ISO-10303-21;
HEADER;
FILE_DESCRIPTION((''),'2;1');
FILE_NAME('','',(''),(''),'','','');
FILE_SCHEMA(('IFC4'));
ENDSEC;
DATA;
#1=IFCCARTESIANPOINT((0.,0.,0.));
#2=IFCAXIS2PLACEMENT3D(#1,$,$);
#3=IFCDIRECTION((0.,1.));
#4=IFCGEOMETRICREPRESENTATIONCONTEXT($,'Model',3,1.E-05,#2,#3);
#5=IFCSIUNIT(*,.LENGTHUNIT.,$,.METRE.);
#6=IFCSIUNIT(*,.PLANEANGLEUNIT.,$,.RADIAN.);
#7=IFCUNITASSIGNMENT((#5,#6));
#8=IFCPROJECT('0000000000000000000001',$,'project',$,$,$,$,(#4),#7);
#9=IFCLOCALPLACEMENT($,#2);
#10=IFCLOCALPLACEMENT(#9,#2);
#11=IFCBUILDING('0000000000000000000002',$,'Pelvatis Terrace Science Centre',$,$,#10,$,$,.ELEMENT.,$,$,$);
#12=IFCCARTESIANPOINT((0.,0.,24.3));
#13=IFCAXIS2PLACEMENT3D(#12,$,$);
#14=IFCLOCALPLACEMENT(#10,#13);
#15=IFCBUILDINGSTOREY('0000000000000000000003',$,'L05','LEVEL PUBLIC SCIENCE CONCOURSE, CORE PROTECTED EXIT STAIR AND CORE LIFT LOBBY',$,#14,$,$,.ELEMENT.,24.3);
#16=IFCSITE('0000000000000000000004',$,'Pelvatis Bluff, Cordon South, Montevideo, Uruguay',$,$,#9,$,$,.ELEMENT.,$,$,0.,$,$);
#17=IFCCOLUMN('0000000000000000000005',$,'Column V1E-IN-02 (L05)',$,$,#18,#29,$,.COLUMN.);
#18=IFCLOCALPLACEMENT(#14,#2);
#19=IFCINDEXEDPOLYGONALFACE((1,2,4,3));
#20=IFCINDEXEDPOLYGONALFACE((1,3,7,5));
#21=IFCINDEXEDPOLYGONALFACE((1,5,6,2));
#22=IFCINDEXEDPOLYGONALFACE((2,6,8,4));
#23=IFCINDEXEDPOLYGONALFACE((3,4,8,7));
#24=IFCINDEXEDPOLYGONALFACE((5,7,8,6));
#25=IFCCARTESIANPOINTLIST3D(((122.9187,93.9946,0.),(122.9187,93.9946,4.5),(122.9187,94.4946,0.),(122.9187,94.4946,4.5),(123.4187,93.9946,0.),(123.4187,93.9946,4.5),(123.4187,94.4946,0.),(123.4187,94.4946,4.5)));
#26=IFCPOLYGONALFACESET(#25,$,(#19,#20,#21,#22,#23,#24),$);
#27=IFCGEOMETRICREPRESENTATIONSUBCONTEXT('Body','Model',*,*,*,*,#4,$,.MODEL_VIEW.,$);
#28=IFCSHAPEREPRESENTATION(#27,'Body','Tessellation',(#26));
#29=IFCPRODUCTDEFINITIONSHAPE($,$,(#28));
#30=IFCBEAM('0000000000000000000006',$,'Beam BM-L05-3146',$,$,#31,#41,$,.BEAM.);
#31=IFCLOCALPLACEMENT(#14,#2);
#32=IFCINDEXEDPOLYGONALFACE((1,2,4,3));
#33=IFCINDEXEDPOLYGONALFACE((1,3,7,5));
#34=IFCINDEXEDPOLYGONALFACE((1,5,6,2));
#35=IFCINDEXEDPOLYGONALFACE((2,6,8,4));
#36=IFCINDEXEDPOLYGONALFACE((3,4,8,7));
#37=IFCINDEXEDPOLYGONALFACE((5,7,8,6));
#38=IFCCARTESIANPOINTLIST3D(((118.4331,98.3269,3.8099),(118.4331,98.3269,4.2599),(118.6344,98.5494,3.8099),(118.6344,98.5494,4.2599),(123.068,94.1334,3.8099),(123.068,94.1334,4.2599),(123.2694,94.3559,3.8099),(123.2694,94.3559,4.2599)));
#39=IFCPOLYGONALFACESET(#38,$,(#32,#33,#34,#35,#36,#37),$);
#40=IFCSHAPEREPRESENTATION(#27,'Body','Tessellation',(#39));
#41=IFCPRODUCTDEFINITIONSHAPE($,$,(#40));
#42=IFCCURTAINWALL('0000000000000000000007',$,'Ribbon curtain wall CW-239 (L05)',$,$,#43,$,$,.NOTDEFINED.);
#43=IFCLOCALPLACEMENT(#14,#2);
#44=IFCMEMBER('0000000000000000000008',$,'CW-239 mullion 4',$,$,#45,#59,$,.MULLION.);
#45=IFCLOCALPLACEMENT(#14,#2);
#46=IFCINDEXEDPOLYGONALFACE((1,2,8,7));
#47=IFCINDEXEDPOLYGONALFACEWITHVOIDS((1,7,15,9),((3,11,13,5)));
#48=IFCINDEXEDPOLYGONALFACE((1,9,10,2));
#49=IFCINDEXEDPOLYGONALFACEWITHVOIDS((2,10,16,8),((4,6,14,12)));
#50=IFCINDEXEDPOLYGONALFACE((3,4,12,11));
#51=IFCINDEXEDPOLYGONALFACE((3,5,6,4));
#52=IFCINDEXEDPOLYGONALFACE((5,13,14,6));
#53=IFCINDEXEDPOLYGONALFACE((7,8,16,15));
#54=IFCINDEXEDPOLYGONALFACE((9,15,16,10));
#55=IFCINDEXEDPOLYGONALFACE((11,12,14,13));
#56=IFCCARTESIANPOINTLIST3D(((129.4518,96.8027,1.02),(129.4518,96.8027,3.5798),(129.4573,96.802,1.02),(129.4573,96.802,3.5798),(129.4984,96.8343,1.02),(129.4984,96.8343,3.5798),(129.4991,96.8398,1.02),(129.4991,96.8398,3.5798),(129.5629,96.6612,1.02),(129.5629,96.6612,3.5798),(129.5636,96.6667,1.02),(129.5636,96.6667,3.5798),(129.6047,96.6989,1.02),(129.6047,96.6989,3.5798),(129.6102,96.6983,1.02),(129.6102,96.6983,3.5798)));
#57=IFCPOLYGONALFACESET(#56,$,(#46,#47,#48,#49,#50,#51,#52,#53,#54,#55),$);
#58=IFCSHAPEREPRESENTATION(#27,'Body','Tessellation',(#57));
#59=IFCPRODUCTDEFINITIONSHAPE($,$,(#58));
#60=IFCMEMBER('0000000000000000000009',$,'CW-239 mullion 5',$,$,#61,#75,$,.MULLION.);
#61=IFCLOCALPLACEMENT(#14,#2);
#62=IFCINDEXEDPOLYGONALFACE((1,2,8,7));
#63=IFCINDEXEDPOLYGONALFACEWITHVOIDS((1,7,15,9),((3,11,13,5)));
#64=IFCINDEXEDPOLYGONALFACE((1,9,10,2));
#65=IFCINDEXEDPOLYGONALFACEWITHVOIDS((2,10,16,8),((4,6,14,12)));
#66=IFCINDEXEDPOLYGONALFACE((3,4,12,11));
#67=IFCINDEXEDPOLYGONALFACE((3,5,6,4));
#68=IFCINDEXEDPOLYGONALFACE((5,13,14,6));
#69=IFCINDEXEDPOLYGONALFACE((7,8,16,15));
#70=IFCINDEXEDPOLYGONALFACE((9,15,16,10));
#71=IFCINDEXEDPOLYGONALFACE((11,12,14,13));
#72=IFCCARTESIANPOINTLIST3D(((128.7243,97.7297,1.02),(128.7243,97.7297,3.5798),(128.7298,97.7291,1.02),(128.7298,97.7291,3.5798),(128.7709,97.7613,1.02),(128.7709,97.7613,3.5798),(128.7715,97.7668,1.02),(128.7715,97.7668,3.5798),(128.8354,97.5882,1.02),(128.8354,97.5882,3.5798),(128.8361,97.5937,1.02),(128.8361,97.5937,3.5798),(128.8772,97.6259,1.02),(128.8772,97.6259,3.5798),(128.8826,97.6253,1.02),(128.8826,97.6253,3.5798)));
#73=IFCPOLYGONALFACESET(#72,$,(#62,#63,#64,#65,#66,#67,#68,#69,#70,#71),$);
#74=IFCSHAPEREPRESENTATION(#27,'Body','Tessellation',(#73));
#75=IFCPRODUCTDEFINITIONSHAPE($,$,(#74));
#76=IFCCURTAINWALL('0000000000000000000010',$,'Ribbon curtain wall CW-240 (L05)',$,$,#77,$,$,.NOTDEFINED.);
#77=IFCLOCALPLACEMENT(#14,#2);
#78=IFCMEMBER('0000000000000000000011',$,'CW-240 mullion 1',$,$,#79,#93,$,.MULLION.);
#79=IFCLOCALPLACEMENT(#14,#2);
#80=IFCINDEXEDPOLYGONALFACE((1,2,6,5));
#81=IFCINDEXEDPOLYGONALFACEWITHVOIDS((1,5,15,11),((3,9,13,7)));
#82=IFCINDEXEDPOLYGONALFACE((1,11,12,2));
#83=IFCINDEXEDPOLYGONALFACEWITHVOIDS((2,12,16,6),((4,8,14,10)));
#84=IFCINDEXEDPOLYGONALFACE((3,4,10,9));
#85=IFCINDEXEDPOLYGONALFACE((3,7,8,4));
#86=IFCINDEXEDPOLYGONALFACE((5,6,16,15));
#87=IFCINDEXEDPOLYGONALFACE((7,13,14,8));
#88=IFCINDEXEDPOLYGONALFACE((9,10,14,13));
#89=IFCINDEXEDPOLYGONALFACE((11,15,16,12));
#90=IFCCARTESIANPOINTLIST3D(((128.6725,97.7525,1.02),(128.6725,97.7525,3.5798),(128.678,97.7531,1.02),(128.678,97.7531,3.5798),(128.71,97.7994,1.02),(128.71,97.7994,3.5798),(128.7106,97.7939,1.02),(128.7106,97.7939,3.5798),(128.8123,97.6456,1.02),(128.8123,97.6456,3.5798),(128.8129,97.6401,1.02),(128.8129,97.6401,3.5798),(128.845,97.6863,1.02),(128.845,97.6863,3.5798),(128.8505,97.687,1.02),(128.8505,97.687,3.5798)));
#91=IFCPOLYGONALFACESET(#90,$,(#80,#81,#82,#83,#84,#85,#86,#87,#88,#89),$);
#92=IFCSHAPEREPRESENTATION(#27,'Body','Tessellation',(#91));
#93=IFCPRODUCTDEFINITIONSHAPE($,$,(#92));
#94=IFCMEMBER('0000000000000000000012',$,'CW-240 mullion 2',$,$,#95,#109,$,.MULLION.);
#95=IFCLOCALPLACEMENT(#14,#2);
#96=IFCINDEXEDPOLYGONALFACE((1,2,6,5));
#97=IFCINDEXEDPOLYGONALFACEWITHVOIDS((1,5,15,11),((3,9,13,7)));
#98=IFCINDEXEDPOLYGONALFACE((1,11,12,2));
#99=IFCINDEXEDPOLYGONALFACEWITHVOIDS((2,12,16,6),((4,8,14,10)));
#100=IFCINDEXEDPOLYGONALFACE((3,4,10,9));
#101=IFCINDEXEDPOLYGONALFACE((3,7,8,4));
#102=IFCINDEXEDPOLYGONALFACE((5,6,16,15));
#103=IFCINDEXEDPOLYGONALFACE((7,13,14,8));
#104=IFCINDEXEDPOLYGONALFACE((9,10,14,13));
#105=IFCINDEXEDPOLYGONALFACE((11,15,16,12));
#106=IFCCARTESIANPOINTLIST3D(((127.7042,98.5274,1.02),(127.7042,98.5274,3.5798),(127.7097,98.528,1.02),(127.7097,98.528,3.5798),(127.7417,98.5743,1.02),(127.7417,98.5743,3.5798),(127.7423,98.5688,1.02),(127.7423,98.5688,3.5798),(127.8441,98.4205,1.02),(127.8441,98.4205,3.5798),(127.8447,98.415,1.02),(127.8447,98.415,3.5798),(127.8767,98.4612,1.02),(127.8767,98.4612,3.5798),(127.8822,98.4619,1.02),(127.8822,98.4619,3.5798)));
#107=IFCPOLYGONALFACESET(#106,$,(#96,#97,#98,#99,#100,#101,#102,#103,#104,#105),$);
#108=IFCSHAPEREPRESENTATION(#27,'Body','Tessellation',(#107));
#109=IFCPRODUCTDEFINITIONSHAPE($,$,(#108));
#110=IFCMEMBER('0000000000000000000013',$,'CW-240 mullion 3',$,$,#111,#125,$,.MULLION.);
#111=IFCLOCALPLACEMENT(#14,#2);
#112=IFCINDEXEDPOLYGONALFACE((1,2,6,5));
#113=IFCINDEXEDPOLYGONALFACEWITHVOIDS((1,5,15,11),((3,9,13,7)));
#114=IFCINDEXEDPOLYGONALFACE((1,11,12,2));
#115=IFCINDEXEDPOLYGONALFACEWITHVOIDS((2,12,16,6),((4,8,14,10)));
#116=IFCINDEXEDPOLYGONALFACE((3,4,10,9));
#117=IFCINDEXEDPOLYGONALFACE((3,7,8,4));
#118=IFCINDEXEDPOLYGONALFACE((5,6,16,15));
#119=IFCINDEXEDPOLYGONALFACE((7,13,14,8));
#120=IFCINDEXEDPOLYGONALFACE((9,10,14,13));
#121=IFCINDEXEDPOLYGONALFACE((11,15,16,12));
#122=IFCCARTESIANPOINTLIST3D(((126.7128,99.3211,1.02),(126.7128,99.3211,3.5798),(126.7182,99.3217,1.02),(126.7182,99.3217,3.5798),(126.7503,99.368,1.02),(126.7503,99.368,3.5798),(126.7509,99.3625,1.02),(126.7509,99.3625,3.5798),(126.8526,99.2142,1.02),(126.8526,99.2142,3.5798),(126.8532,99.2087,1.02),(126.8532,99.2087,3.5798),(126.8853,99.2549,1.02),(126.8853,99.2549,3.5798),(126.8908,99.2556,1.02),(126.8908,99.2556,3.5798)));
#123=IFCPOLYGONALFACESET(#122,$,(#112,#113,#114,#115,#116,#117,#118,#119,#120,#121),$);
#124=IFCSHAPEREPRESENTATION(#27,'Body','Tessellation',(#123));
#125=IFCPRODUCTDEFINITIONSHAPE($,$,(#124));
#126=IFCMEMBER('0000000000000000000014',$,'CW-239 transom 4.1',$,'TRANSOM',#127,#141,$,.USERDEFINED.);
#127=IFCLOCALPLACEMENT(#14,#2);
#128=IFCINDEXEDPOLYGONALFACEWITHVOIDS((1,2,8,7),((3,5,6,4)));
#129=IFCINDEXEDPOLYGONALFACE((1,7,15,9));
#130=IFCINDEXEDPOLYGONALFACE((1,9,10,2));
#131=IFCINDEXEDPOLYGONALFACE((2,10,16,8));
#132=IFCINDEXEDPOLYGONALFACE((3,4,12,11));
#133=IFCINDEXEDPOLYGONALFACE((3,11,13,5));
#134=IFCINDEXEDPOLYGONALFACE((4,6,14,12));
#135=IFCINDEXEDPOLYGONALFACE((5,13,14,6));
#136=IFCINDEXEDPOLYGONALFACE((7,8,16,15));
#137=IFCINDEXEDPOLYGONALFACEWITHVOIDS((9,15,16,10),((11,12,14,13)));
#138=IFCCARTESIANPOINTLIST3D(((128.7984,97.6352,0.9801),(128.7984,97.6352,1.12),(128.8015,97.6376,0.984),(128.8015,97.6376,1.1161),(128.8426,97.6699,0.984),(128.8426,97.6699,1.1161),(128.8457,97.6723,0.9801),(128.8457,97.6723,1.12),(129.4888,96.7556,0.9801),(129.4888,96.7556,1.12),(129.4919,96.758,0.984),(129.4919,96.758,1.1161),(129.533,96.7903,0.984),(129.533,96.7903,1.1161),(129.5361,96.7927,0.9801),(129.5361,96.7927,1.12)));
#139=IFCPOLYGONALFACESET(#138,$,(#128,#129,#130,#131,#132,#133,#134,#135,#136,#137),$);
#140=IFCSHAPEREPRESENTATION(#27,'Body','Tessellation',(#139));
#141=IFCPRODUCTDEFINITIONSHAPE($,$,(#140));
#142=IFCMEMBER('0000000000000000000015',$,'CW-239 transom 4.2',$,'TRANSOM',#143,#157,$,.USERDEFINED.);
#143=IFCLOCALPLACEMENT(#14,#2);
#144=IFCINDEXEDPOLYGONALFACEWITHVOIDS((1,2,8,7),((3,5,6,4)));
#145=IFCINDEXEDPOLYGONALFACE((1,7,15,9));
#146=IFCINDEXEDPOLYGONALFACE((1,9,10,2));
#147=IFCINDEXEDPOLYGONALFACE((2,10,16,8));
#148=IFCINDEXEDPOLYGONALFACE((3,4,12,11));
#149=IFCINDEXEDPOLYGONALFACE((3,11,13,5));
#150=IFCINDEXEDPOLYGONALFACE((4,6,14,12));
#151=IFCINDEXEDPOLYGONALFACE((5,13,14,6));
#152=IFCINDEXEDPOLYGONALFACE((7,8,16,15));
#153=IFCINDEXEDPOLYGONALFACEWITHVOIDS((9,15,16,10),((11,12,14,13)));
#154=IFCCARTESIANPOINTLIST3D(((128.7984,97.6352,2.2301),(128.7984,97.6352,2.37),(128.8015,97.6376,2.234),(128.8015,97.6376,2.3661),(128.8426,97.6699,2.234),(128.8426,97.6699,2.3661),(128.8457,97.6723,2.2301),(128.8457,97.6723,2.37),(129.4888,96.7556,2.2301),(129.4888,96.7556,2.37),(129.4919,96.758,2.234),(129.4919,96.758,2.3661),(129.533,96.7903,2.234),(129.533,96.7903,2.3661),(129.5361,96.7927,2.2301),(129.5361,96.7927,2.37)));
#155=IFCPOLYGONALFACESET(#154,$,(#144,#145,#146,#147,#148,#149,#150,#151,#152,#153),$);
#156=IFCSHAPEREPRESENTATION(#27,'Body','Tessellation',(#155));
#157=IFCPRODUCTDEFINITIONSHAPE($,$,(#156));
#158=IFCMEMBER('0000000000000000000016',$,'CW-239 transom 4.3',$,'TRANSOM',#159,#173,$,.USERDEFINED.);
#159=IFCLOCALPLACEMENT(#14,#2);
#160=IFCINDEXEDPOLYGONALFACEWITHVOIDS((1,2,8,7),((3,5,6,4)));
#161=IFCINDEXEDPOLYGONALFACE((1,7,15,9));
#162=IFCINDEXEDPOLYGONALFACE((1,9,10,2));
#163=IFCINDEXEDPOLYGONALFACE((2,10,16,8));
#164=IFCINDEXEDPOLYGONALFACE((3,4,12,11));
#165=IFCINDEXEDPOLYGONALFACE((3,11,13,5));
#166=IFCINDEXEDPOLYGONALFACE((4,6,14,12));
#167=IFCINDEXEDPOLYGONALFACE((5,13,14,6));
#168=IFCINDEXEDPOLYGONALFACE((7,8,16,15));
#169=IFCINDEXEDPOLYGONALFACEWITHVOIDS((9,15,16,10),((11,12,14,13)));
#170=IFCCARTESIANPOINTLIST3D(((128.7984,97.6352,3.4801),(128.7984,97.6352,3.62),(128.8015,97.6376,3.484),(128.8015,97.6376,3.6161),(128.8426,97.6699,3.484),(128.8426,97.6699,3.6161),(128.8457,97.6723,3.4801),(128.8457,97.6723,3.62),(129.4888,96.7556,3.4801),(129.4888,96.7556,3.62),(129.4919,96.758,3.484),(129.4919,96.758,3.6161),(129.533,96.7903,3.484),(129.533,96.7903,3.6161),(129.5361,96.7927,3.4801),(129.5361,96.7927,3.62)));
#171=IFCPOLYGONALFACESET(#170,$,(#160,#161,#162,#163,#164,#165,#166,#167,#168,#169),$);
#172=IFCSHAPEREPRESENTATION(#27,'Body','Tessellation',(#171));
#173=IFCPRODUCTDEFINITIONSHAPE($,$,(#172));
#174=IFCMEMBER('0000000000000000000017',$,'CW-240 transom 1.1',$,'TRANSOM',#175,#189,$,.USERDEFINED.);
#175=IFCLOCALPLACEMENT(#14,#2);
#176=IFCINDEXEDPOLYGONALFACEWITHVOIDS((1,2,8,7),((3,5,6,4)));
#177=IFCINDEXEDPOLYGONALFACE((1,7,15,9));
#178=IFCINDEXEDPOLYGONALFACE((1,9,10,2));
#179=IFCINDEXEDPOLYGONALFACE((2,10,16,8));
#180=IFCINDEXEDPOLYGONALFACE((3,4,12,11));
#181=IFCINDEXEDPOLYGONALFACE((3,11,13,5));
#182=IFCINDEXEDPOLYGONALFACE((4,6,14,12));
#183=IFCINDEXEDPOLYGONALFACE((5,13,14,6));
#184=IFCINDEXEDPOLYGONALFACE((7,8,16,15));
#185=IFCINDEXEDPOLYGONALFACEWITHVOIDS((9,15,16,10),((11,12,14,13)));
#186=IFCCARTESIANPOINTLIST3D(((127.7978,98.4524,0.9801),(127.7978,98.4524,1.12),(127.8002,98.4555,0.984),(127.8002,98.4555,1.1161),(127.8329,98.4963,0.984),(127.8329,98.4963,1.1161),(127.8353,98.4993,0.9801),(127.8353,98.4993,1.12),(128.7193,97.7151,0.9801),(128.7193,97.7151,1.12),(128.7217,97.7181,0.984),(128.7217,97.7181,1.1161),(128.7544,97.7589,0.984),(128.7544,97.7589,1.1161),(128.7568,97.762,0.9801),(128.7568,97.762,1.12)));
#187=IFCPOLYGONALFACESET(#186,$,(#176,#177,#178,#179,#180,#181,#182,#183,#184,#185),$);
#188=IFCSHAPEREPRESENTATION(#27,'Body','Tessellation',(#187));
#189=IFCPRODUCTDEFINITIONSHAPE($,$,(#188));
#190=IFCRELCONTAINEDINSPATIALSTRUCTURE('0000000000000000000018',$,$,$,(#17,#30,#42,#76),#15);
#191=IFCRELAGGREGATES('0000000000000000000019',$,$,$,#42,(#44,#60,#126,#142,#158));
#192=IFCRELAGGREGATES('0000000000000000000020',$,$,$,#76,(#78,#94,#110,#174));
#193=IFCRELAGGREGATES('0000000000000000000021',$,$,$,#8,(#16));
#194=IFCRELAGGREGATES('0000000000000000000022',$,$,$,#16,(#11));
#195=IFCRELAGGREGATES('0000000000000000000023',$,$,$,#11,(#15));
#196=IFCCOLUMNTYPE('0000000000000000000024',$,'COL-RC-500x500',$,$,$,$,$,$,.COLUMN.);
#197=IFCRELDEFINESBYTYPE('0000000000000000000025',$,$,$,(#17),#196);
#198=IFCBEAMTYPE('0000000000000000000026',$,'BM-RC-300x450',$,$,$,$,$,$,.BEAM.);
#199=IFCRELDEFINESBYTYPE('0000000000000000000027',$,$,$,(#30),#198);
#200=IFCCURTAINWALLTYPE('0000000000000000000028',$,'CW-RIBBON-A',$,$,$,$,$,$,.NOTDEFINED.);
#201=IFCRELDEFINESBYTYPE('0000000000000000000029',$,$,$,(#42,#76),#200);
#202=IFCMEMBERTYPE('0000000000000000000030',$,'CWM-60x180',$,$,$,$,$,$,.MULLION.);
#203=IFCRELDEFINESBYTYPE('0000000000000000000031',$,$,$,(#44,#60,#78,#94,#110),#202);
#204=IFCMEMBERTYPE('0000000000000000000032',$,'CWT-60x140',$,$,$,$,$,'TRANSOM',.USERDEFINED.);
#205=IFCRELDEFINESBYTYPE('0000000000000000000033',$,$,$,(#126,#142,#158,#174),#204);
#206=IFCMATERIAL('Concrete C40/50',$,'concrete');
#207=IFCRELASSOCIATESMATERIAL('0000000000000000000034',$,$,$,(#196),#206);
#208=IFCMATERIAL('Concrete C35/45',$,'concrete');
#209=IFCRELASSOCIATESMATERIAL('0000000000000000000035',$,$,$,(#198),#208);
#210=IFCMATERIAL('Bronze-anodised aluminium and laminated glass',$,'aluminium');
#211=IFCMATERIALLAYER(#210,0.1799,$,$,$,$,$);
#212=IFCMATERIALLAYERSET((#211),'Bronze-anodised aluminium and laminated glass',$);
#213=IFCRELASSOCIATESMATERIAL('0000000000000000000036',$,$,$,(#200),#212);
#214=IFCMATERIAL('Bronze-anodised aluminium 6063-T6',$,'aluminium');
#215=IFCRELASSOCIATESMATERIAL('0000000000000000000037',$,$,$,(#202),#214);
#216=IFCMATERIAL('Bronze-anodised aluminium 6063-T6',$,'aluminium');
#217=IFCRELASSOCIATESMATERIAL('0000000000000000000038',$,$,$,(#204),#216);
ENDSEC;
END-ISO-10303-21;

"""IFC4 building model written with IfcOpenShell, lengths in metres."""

from ifc_helpers import new_model, si_unit, direction, frame, origin, origin_2d, place, context, subcontext, project, spatial, rectangle, hollow_rectangle, extrude, material, layer, layer_set, material_profile, profile_set, type_object, element, aggregate, save


model = new_model("IFC4")

# Units and contexts
model_context = context("Model", 3, precision=1e-05, world=origin(), true_north=direction((0.0, 1.0)))
body_context = subcontext(model_context, "Body", "Model", "MODEL_VIEW")
ifc_project = project(units=[si_unit("LENGTHUNIT", "METRE"), si_unit("PLANEANGLEUNIT", "RADIAN")], contexts=[model_context])

# Site, building, storey
site_placement = place(None, origin())
site = spatial("IfcSite", under=ifc_project, at=site_placement, Name="Pelvatis Bluff, Cordon South, Montevideo, Uruguay", CompositionType="ELEMENT", RefElevation=0.0)
building_placement = place(site_placement, origin())
building = spatial("IfcBuilding", under=site, at=building_placement, Name="Pelvatis Terrace Science Centre", CompositionType="ELEMENT")
storey_placement = place(building_placement, frame((0.0, 0.0, 24.3)))
storey = spatial("IfcBuildingStorey", under=building, at=storey_placement, Name="L05", Description="LEVEL PUBLIC SCIENCE CONCOURSE, CORE PROTECTED EXIT STAIR AND CORE LIFT LOBBY", CompositionType="ELEMENT", Elevation=24.3)

# Column
ifc_material_1 = material(Name="Concrete C40/50", Category="concrete")
ifc_material_profile_1 = material_profile(ifc_material_1, rectangle(XDim=0.5, YDim=0.5, at=origin_2d()), Name="RC-COL 500x500")
ifc_profile_set_1 = profile_set([ifc_material_profile_1], Name="Concrete C40/50")
column_type = type_object("IfcColumnType", Name="COL-RC-500x500", PredefinedType="COLUMN", material=ifc_profile_set_1)
column_placement = place(storey_placement, frame((123.1687, 94.2446, 0.0), z_axis=(0.0, 0.0, 1.0), x_axis=(1.0, 0.0, 0.0)))
element("IfcColumn", 1, at=column_placement, inside=storey, type_object=column_type, Name="Column V1E-IN-02 (L05)", PredefinedType="COLUMN", context=body_context, shape_type="SweptSolid", body=[
    extrude(rectangle(XDim=0.5, YDim=0.5, at=origin_2d()), origin(), (0.0, 0.0, 1.0), 4.5),
])

# Beam
ifc_material_2 = material(Name="Concrete C35/45", Category="concrete")
ifc_material_profile_2 = material_profile(ifc_material_2, rectangle(XDim=0.3, YDim=0.45, at=origin_2d()), Name="RC-BM 300x450")
ifc_profile_set_2 = profile_set([ifc_material_profile_2], Name="Concrete C35/45")
beam_type = type_object("IfcBeamType", Name="BM-RC-300x450", PredefinedType="BEAM", material=ifc_profile_set_2)
beam_placement = place(storey_placement, frame((123.1687, 94.2446, 4.0349), z_axis=(-0.741534, 0.670915, 0.0), x_axis=(-0.670915, -0.741534, 0.0)))
element("IfcBeam", 2, at=beam_placement, inside=storey, type_object=beam_type, Name="Beam BM-L05-3146", PredefinedType="BEAM", context=body_context, shape_type="SweptSolid", body=[
    extrude(rectangle(XDim=0.3, YDim=0.45, at=origin_2d()), origin(), (0.0, 0.0, 1.0), 6.2505),
])

# Curtain walls, members
ifc_material_3 = material(Name="Bronze-anodised aluminium and laminated glass", Category="aluminium")
ifc_layer_1 = layer(ifc_material_3, 0.1799)
ifc_layer_set_1 = layer_set([ifc_layer_1], Name="Bronze-anodised aluminium and laminated glass")
curtain_wall_type = type_object("IfcCurtainWallType", Name="CW-RIBBON-A", PredefinedType="NOTDEFINED", material=ifc_layer_set_1)
curtain_wall_1_placement = place(storey_placement, origin())
curtain_wall_1 = element("IfcCurtainWall", 3, at=curtain_wall_1_placement, inside=storey, type_object=curtain_wall_type, Name="Ribbon curtain wall CW-239 (L05)", PredefinedType="NOTDEFINED")
ifc_material_4 = material(Name="Bronze-anodised aluminium 6063-T6", Category="aluminium")
ifc_material_profile_3 = material_profile(ifc_material_4, hollow_rectangle(XDim=0.0601, YDim=0.1799, WallThickness=0.0039, at=origin_2d()), Name="ALU-MUL 60x180")
ifc_profile_set_3 = profile_set([ifc_material_profile_3], Name="Bronze-anodised aluminium 6063-T6")
member_type_1 = type_object("IfcMemberType", Name="CWM-60x180", PredefinedType="MULLION", material=ifc_profile_set_3)
member_1_placement = place(storey_placement, frame((129.531, 96.7505, 1.02), z_axis=(0.0, 0.0, 1.0), x_axis=(-0.786577, -0.617493, 0.0)))
member_1 = element("IfcMember", 4, at=member_1_placement, type_object=member_type_1, Name="CW-239 mullion 4", PredefinedType="MULLION", context=body_context, shape_type="SweptSolid", body=[
    extrude(hollow_rectangle(XDim=0.0601, YDim=0.1799, WallThickness=0.0039, at=origin_2d()), origin(), (0.0, 0.0, 1.0), 2.5598),
])
member_2_placement = place(storey_placement, frame((128.8035, 97.6775, 1.02), z_axis=(0.0, 0.0, 1.0), x_axis=(-0.786577, -0.617493, 0.0)))
member_2 = element("IfcMember", 5, at=member_2_placement, type_object=member_type_1, Name="CW-239 mullion 5", PredefinedType="MULLION", context=body_context, shape_type="SweptSolid", body=[
    extrude(hollow_rectangle(XDim=0.0601, YDim=0.1799, WallThickness=0.0039, at=origin_2d()), origin(), (0.0, 0.0, 1.0), 2.5598),
])
curtain_wall_2_placement = place(storey_placement, origin())
curtain_wall_2 = element("IfcCurtainWall", 6, at=curtain_wall_2_placement, inside=storey, type_object=curtain_wall_type, Name="Ribbon curtain wall CW-240 (L05)", PredefinedType="NOTDEFINED")
member_3_placement = place(storey_placement, frame((128.7615, 97.7197, 1.02), z_axis=(0.0, 0.0, 1.0), x_axis=(-0.624875, -0.780725, 0.0)))
member_3 = element("IfcMember", 7, at=member_3_placement, type_object=member_type_1, Name="CW-240 mullion 1", PredefinedType="MULLION", context=body_context, shape_type="SweptSolid", body=[
    extrude(hollow_rectangle(XDim=0.0601, YDim=0.1799, WallThickness=0.0039, at=origin_2d()), origin(), (0.0, 0.0, 1.0), 2.5598),
])
member_4_placement = place(storey_placement, frame((127.7932, 98.4946, 1.02), z_axis=(0.0, 0.0, 1.0), x_axis=(-0.624875, -0.780725, 0.0)))
member_4 = element("IfcMember", 8, at=member_4_placement, type_object=member_type_1, Name="CW-240 mullion 2", PredefinedType="MULLION", context=body_context, shape_type="SweptSolid", body=[
    extrude(hollow_rectangle(XDim=0.0601, YDim=0.1799, WallThickness=0.0039, at=origin_2d()), origin(), (0.0, 0.0, 1.0), 2.5598),
])
member_5_placement = place(storey_placement, frame((126.8018, 99.2883, 1.02), z_axis=(0.0, 0.0, 1.0), x_axis=(-0.624875, -0.780725, 0.0)))
member_5 = element("IfcMember", 9, at=member_5_placement, type_object=member_type_1, Name="CW-240 mullion 3", PredefinedType="MULLION", context=body_context, shape_type="SweptSolid", body=[
    extrude(hollow_rectangle(XDim=0.0601, YDim=0.1799, WallThickness=0.0039, at=origin_2d()), origin(), (0.0, 0.0, 1.0), 2.5598),
])

# Members
ifc_material_5 = material(Name="Bronze-anodised aluminium 6063-T6", Category="aluminium")
ifc_material_profile_4 = material_profile(ifc_material_5, hollow_rectangle(XDim=0.0601, YDim=0.1399, WallThickness=0.0039, at=origin_2d()), Name="ALU-TRN 60x140")
ifc_profile_set_4 = profile_set([ifc_material_profile_4], Name="Bronze-anodised aluminium 6063-T6")
member_type_2 = type_object("IfcMemberType", Name="CWT-60x140", ElementType="TRANSOM", PredefinedType="USERDEFINED", material=ifc_profile_set_4)
member_6_placement = place(storey_placement, frame((129.5125, 96.7742, 1.05), z_axis=(-0.617426, 0.786629, 0.0), x_axis=(-0.786629, -0.617426, 0.0)))
member_6 = element("IfcMember", 10, at=member_6_placement, type_object=member_type_2, Name="CW-239 transom 4.1", ObjectType="TRANSOM", PredefinedType="USERDEFINED", context=body_context, shape_type="SweptSolid", body=[
    extrude(hollow_rectangle(XDim=0.0601, YDim=0.1399, WallThickness=0.0039, at=origin_2d()), origin(), (0.0, 0.0, 1.0), 1.1182),
])
member_7_placement = place(storey_placement, frame((129.5125, 96.7742, 2.3), z_axis=(-0.617426, 0.786629, 0.0), x_axis=(-0.786629, -0.617426, 0.0)))
member_7 = element("IfcMember", 11, at=member_7_placement, type_object=member_type_2, Name="CW-239 transom 4.2", ObjectType="TRANSOM", PredefinedType="USERDEFINED", context=body_context, shape_type="SweptSolid", body=[
    extrude(hollow_rectangle(XDim=0.0601, YDim=0.1399, WallThickness=0.0039, at=origin_2d()), origin(), (0.0, 0.0, 1.0), 1.1182),
])
member_8_placement = place(storey_placement, frame((129.5125, 96.7742, 3.55), z_axis=(-0.617426, 0.786629, 0.0), x_axis=(-0.786629, -0.617426, 0.0)))
member_8 = element("IfcMember", 12, at=member_8_placement, type_object=member_type_2, Name="CW-239 transom 4.3", ObjectType="TRANSOM", PredefinedType="USERDEFINED", context=body_context, shape_type="SweptSolid", body=[
    extrude(hollow_rectangle(XDim=0.0601, YDim=0.1399, WallThickness=0.0039, at=origin_2d()), origin(), (0.0, 0.0, 1.0), 1.1182),
])
member_9_placement = place(storey_placement, frame((128.738, 97.7385, 1.05), z_axis=(-0.780788, 0.624796, 0.0), x_axis=(-0.624796, -0.780788, 0.0)))
member_9 = element("IfcMember", 13, at=member_9_placement, type_object=member_type_2, Name="CW-240 transom 1.1", ObjectType="TRANSOM", PredefinedType="USERDEFINED", context=body_context, shape_type="SweptSolid", body=[
    extrude(hollow_rectangle(XDim=0.0601, YDim=0.1399, WallThickness=0.0039, at=origin_2d()), origin(), (0.0, 0.0, 1.0), 1.1802),
])

aggregate(curtain_wall_1, [member_1, member_2, member_6, member_7, member_8])
aggregate(curtain_wall_2, [member_3, member_4, member_5, member_9])

save(model, "model.ifc")
